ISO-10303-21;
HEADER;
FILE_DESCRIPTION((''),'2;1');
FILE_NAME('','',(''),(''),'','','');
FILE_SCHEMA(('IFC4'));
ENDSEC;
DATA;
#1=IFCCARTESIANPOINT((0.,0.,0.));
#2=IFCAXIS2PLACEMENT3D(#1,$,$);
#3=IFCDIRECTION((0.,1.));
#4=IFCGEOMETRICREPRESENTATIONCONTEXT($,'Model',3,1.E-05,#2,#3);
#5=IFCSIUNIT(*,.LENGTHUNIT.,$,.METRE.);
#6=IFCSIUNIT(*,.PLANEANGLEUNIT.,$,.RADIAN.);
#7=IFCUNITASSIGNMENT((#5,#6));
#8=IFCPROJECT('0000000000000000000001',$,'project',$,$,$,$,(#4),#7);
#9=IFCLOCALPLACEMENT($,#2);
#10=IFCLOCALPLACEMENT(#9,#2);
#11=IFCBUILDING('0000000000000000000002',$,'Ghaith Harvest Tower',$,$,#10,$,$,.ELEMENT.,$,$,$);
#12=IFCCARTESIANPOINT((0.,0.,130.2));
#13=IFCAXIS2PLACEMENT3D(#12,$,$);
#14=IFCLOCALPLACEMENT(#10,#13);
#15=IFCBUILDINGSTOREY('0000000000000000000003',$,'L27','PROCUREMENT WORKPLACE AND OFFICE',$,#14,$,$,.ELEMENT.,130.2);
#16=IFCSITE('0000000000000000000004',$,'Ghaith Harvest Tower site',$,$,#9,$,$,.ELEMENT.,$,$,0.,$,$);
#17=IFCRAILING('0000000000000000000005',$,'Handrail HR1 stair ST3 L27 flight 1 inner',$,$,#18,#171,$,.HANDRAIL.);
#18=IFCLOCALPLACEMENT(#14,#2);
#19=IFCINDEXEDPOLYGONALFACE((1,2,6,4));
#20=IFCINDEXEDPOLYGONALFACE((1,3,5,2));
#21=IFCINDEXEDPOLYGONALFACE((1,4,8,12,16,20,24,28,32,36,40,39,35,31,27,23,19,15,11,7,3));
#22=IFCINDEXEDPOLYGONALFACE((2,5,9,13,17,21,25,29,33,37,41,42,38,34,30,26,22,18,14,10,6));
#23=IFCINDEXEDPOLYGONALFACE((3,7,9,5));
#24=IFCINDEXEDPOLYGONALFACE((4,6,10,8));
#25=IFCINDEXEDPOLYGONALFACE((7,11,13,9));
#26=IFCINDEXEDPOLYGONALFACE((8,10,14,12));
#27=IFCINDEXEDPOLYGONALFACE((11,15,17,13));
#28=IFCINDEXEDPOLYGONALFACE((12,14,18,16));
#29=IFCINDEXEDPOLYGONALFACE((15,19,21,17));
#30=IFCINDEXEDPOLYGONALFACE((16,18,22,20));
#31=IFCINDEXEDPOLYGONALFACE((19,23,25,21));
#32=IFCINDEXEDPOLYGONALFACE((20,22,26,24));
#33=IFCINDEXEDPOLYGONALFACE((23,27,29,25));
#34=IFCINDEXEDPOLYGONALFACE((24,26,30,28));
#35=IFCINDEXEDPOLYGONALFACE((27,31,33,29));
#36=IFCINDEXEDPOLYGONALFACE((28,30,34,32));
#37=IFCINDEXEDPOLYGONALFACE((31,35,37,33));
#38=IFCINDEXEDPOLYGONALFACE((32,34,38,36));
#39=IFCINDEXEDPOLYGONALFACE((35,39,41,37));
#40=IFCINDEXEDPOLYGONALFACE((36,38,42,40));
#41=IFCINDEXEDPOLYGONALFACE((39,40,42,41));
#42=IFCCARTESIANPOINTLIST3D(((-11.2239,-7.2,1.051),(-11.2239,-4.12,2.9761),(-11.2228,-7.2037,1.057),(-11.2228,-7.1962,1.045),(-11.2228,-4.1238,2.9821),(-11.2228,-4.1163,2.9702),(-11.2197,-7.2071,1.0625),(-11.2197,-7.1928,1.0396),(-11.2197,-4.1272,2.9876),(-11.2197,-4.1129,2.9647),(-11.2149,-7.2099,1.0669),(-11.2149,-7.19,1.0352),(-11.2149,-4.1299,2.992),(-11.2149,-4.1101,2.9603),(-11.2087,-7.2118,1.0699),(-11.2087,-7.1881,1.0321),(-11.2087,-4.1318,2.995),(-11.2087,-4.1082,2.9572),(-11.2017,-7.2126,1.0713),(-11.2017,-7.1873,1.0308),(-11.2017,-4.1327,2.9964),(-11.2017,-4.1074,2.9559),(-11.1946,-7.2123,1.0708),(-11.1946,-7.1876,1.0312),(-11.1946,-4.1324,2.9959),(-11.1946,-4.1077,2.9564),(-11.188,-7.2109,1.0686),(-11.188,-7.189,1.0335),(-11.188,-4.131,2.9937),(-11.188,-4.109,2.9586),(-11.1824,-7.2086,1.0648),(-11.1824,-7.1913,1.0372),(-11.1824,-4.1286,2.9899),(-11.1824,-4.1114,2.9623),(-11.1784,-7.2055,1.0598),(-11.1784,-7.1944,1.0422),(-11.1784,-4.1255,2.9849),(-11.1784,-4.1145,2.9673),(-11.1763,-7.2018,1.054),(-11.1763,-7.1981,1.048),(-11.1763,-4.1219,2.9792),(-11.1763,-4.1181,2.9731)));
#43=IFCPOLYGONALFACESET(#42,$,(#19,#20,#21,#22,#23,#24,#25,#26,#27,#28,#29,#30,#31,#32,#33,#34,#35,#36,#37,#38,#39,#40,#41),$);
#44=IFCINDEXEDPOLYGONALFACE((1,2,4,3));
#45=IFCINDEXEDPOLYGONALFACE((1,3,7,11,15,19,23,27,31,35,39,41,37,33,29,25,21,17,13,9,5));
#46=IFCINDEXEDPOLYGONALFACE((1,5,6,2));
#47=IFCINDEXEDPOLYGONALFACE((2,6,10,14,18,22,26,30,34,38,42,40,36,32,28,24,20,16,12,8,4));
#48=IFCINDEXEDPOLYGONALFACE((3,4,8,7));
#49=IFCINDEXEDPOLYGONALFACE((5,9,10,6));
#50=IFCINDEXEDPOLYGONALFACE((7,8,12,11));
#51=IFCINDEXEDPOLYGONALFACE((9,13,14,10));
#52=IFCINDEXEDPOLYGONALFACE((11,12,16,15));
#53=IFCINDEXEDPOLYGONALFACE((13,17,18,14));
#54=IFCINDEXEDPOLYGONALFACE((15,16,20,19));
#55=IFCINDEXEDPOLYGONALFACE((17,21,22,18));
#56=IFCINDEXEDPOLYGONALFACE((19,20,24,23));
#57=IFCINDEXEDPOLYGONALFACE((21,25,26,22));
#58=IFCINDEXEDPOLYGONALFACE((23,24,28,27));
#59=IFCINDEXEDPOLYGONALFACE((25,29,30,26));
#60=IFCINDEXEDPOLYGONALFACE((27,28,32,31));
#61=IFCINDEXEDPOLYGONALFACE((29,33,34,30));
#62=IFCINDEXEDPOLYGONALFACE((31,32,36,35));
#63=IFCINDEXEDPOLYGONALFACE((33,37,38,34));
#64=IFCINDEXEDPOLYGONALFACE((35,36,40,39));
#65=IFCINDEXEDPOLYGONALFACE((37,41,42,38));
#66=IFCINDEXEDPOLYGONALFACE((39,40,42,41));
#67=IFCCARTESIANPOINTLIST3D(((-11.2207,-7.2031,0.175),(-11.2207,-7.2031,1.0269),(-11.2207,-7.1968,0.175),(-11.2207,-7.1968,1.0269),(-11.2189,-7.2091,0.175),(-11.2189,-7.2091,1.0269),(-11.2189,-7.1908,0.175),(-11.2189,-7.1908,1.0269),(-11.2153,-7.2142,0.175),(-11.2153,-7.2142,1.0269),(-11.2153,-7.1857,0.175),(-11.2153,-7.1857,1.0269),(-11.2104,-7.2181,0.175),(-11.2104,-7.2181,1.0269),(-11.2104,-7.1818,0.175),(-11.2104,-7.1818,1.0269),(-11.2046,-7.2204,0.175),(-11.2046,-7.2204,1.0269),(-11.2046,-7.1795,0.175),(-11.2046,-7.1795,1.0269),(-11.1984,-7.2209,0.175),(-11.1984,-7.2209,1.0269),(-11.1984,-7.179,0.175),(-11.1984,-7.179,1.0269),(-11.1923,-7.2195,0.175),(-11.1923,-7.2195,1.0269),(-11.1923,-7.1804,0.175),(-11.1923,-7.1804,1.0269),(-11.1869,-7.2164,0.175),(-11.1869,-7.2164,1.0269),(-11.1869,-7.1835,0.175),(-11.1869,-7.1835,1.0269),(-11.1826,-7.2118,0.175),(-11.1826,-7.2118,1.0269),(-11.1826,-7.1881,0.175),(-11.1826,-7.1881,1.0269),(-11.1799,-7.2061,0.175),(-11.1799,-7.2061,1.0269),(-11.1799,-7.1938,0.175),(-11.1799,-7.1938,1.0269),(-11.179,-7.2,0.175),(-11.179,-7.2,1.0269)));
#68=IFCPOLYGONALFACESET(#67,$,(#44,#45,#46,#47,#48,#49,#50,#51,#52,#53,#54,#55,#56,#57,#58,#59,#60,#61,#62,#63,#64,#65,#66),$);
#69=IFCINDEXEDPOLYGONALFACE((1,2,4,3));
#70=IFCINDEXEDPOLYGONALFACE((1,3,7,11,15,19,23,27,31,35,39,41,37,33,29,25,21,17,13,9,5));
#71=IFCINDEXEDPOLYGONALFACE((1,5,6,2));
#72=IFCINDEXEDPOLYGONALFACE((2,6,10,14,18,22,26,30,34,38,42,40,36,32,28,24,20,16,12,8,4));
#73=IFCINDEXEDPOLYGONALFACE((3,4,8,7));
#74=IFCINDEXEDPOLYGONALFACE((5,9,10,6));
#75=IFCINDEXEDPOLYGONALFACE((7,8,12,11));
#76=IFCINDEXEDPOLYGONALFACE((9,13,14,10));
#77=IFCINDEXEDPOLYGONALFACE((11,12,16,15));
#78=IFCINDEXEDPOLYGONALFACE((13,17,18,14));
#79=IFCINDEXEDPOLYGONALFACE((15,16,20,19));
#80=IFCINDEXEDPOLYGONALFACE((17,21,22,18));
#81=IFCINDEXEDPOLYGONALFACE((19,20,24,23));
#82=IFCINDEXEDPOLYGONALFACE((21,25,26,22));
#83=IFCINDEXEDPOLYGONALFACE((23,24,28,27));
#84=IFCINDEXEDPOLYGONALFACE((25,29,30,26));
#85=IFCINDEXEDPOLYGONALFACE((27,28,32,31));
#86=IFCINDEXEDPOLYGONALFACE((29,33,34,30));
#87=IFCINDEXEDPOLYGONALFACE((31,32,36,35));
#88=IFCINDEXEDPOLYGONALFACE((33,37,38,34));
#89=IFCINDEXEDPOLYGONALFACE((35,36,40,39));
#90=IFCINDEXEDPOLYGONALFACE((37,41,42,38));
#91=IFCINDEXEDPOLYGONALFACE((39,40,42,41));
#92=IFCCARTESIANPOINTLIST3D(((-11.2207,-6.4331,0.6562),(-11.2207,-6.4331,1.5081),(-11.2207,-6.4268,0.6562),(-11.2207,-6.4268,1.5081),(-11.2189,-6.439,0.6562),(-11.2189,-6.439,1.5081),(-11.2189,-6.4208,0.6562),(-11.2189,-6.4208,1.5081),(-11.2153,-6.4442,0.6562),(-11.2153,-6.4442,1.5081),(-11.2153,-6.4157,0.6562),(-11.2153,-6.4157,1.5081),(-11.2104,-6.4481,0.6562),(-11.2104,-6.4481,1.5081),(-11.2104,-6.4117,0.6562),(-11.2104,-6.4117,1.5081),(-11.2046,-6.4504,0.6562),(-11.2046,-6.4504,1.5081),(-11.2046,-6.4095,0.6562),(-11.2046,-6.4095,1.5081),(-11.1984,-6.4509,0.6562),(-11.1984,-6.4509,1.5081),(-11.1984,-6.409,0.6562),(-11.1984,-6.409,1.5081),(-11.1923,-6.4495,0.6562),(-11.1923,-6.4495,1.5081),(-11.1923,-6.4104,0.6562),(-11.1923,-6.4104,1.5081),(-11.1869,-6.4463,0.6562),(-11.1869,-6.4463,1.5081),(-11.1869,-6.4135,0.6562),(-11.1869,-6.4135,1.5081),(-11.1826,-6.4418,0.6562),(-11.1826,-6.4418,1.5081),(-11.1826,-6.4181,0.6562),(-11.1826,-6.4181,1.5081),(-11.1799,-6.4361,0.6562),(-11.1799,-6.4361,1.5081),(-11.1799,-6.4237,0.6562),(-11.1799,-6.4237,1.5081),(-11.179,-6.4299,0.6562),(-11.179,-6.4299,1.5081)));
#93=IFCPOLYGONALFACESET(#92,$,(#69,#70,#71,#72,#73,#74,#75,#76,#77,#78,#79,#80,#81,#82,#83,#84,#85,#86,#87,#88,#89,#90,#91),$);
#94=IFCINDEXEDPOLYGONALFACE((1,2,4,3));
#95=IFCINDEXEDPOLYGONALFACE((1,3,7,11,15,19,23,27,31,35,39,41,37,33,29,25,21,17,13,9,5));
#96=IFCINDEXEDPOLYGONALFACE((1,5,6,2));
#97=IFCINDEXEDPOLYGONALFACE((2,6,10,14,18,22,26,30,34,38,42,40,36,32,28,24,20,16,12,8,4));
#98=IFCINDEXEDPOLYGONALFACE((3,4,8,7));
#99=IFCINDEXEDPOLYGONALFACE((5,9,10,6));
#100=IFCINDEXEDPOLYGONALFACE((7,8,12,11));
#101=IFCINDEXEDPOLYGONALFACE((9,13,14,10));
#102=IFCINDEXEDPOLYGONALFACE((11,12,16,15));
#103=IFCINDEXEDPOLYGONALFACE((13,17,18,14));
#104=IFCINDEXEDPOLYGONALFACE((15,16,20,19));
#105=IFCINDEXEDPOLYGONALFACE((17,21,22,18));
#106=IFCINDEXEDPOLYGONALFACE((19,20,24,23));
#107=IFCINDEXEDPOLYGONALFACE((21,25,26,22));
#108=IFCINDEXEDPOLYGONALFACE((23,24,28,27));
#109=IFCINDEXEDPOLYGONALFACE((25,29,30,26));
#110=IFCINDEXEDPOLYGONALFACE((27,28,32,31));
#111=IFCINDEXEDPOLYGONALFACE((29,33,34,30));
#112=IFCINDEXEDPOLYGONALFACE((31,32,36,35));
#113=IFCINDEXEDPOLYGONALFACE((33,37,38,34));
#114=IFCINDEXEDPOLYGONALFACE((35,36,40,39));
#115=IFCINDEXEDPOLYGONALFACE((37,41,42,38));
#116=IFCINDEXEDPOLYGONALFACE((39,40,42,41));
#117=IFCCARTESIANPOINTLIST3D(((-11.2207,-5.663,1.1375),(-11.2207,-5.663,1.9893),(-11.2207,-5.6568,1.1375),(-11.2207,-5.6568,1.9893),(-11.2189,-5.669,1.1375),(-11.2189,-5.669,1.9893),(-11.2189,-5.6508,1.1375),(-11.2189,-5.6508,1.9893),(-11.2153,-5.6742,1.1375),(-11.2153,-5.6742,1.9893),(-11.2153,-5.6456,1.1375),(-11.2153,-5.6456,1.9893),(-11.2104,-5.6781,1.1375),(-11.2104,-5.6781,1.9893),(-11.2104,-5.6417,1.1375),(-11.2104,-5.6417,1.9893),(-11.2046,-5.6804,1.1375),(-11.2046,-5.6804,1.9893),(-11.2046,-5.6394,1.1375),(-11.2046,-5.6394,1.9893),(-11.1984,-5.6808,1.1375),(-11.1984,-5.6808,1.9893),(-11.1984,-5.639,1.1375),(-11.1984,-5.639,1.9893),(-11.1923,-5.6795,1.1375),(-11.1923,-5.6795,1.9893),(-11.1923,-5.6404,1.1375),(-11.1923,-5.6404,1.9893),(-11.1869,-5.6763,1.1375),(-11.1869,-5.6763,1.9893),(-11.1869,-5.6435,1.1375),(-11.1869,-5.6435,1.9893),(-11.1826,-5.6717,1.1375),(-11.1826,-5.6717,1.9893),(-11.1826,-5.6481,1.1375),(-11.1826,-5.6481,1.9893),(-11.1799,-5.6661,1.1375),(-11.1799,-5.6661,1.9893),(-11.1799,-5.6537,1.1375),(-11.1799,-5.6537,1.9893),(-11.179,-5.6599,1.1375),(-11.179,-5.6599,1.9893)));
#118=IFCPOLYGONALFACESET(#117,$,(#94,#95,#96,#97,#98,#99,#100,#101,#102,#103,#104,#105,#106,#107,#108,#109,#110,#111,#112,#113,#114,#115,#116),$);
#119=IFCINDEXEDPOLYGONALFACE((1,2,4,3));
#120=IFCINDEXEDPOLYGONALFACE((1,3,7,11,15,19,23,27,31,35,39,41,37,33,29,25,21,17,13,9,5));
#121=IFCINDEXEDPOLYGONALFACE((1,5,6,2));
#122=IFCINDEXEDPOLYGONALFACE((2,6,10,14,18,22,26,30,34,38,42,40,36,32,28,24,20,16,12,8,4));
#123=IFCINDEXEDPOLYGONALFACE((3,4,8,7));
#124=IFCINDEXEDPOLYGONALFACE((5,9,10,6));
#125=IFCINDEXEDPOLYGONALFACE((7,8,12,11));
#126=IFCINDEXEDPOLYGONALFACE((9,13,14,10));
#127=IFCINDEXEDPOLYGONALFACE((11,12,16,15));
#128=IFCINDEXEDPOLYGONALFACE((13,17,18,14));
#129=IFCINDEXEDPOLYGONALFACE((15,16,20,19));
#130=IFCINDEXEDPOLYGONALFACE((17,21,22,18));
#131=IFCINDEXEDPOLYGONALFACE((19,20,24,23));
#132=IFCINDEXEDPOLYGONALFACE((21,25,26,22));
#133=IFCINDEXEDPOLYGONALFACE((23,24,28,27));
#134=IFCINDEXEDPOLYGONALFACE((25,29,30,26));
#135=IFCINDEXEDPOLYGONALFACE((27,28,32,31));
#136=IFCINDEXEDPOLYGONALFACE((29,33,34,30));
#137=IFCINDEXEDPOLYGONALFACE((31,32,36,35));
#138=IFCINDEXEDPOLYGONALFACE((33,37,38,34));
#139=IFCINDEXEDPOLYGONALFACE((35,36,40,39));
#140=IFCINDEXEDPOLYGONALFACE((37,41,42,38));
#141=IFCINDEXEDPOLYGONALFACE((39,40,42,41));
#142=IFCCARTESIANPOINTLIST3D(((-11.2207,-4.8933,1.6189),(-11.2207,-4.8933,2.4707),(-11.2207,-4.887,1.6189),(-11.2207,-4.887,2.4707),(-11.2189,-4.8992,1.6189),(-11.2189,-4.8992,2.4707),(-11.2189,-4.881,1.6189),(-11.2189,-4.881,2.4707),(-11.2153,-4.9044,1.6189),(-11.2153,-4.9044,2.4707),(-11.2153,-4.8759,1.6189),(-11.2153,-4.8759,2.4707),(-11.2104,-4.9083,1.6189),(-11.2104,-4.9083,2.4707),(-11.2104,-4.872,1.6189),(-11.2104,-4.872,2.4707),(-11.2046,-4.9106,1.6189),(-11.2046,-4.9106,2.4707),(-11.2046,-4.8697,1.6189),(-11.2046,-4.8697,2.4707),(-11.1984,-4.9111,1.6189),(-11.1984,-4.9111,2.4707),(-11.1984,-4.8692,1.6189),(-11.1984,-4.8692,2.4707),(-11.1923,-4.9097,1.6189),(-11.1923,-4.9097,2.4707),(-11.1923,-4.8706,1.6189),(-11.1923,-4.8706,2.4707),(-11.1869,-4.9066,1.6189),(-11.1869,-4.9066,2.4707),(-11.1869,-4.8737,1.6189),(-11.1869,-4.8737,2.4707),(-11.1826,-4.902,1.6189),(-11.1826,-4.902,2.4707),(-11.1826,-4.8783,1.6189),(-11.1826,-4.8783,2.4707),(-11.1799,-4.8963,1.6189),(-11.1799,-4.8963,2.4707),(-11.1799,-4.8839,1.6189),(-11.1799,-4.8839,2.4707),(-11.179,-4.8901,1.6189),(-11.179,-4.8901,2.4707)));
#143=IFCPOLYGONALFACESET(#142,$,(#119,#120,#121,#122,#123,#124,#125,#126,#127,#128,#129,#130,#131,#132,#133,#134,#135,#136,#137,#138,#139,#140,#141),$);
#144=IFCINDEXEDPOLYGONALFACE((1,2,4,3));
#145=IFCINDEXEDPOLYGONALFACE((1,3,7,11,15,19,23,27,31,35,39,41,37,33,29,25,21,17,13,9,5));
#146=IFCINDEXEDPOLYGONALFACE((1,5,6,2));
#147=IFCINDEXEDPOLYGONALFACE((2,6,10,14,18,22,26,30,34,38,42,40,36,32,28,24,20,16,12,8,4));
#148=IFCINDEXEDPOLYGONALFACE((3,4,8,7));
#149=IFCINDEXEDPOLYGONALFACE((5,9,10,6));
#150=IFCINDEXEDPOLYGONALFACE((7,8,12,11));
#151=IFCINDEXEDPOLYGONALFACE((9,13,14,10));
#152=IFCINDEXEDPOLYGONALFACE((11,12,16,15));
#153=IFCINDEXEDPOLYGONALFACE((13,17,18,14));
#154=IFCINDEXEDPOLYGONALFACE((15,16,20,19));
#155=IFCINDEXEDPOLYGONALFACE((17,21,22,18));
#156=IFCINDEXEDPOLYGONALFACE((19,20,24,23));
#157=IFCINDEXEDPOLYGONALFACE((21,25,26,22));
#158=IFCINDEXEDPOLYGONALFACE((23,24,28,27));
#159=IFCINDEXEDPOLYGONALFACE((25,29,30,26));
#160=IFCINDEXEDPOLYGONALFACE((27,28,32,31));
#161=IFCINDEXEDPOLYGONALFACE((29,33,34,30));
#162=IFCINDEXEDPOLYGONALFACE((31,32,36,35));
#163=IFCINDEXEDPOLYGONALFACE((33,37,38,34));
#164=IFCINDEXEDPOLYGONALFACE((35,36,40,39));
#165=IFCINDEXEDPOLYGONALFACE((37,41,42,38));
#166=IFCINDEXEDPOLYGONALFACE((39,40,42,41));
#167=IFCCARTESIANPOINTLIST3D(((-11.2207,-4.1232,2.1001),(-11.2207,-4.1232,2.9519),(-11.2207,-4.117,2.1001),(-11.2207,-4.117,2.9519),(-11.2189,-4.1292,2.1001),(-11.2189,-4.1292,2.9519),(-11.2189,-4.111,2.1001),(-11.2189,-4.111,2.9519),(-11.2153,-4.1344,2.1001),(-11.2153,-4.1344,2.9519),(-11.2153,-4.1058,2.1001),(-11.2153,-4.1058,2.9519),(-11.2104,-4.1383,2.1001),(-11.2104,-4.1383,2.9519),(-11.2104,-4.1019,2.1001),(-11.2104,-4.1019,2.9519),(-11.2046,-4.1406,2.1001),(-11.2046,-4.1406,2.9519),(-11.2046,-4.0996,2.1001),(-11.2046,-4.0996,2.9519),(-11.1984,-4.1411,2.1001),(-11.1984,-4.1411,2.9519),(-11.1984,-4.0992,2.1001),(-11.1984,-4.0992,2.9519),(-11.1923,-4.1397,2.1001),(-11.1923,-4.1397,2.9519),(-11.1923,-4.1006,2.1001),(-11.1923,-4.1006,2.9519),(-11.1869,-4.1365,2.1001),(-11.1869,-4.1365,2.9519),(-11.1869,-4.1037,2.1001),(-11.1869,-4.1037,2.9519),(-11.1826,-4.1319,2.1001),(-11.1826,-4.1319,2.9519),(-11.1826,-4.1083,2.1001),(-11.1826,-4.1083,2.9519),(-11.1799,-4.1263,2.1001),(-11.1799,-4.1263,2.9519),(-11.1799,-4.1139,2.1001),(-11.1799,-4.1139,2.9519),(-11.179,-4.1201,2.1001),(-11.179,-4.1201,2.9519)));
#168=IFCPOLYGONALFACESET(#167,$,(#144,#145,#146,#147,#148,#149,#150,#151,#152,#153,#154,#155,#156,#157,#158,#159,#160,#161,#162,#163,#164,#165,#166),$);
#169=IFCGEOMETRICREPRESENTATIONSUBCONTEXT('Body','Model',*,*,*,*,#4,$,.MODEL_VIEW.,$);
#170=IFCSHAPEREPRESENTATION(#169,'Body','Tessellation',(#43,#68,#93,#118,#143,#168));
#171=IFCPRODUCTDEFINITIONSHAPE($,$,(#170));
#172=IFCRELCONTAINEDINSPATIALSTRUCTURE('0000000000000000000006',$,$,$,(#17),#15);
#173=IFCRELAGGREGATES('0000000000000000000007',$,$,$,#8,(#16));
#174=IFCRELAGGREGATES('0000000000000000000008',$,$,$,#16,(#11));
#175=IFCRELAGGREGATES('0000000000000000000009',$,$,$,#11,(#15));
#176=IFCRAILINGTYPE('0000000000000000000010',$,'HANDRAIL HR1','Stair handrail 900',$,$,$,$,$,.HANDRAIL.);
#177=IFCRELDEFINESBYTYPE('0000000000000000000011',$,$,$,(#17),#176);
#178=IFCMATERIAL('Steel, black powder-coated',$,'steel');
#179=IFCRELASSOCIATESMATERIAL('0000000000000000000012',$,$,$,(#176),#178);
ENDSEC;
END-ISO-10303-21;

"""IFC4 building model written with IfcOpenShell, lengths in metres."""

from ifc_helpers import new_model, si_unit, direction, frame, origin, origin_2d, place, context, subcontext, project, spatial, circle, extrude, material, type_object, element, save


model = new_model("IFC4")

# Units and contexts
model_context = context("Model", 3, precision=1e-05, world=origin(), true_north=direction((0.0, 1.0)))
body_context = subcontext(model_context, "Body", "Model", "MODEL_VIEW")
ifc_project = project(units=[si_unit("LENGTHUNIT", "METRE"), si_unit("PLANEANGLEUNIT", "RADIAN")], contexts=[model_context])

# Site, building, storey
site_placement = place(None, origin())
site = spatial("IfcSite", under=ifc_project, at=site_placement, Name="Ghaith Harvest Tower site", CompositionType="ELEMENT", RefElevation=0.0)
building_placement = place(site_placement, origin())
building = spatial("IfcBuilding", under=site, at=building_placement, Name="Ghaith Harvest Tower", CompositionType="ELEMENT")
storey_placement = place(building_placement, frame((0.0, 0.0, 130.2)))
storey = spatial("IfcBuildingStorey", under=building, at=storey_placement, Name="L27", Description="PROCUREMENT WORKPLACE AND OFFICE", CompositionType="ELEMENT", Elevation=130.2)

# Railing
ifc_material_1 = material(Name="Steel, black powder-coated", Category="steel")
railing_type = type_object("IfcRailingType", Name="HANDRAIL HR1", Description="Stair handrail 900", PredefinedType="HANDRAIL", material=ifc_material_1)
railing_1_placement = place(storey_placement, frame((-11.2, -7.2, 0.175)))
element("IfcRailing", 1, at=railing_1_placement, inside=storey, type_object=railing_type, Name="Handrail HR1 stair ST3 L27 flight 1 inner", PredefinedType="HANDRAIL", context=body_context, shape_type="SweptSolid", body=[
    extrude(circle(Radius=0.0239, at=origin_2d()), frame((0.0, 0.0, 0.876), z_axis=(0.0, 0.847979, 0.530029), x_axis=(-1.0, 0.0, 0.0)), (0.0, 0.0, 1.0), 3.6321),
    extrude(circle(Radius=0.021, at=origin_2d()), origin(), (0.0, 0.0, 1.0), 0.8518),
    extrude(circle(Radius=0.021, at=origin_2d()), frame((0.0, 0.77, 0.4812)), (0.0, 0.0, 1.0), 0.8518),
    extrude(circle(Radius=0.021, at=origin_2d()), frame((0.0, 1.54, 0.9624)), (0.0, 0.0, 1.0), 0.8518),
    extrude(circle(Radius=0.021, at=origin_2d()), frame((0.0, 2.3098, 1.4438)), (0.0, 0.0, 1.0), 0.8518),
    extrude(circle(Radius=0.021, at=origin_2d()), frame((0.0, 3.0798, 1.925)), (0.0, 0.0, 1.0), 0.8518),
])

save(model, "model.ifc")
